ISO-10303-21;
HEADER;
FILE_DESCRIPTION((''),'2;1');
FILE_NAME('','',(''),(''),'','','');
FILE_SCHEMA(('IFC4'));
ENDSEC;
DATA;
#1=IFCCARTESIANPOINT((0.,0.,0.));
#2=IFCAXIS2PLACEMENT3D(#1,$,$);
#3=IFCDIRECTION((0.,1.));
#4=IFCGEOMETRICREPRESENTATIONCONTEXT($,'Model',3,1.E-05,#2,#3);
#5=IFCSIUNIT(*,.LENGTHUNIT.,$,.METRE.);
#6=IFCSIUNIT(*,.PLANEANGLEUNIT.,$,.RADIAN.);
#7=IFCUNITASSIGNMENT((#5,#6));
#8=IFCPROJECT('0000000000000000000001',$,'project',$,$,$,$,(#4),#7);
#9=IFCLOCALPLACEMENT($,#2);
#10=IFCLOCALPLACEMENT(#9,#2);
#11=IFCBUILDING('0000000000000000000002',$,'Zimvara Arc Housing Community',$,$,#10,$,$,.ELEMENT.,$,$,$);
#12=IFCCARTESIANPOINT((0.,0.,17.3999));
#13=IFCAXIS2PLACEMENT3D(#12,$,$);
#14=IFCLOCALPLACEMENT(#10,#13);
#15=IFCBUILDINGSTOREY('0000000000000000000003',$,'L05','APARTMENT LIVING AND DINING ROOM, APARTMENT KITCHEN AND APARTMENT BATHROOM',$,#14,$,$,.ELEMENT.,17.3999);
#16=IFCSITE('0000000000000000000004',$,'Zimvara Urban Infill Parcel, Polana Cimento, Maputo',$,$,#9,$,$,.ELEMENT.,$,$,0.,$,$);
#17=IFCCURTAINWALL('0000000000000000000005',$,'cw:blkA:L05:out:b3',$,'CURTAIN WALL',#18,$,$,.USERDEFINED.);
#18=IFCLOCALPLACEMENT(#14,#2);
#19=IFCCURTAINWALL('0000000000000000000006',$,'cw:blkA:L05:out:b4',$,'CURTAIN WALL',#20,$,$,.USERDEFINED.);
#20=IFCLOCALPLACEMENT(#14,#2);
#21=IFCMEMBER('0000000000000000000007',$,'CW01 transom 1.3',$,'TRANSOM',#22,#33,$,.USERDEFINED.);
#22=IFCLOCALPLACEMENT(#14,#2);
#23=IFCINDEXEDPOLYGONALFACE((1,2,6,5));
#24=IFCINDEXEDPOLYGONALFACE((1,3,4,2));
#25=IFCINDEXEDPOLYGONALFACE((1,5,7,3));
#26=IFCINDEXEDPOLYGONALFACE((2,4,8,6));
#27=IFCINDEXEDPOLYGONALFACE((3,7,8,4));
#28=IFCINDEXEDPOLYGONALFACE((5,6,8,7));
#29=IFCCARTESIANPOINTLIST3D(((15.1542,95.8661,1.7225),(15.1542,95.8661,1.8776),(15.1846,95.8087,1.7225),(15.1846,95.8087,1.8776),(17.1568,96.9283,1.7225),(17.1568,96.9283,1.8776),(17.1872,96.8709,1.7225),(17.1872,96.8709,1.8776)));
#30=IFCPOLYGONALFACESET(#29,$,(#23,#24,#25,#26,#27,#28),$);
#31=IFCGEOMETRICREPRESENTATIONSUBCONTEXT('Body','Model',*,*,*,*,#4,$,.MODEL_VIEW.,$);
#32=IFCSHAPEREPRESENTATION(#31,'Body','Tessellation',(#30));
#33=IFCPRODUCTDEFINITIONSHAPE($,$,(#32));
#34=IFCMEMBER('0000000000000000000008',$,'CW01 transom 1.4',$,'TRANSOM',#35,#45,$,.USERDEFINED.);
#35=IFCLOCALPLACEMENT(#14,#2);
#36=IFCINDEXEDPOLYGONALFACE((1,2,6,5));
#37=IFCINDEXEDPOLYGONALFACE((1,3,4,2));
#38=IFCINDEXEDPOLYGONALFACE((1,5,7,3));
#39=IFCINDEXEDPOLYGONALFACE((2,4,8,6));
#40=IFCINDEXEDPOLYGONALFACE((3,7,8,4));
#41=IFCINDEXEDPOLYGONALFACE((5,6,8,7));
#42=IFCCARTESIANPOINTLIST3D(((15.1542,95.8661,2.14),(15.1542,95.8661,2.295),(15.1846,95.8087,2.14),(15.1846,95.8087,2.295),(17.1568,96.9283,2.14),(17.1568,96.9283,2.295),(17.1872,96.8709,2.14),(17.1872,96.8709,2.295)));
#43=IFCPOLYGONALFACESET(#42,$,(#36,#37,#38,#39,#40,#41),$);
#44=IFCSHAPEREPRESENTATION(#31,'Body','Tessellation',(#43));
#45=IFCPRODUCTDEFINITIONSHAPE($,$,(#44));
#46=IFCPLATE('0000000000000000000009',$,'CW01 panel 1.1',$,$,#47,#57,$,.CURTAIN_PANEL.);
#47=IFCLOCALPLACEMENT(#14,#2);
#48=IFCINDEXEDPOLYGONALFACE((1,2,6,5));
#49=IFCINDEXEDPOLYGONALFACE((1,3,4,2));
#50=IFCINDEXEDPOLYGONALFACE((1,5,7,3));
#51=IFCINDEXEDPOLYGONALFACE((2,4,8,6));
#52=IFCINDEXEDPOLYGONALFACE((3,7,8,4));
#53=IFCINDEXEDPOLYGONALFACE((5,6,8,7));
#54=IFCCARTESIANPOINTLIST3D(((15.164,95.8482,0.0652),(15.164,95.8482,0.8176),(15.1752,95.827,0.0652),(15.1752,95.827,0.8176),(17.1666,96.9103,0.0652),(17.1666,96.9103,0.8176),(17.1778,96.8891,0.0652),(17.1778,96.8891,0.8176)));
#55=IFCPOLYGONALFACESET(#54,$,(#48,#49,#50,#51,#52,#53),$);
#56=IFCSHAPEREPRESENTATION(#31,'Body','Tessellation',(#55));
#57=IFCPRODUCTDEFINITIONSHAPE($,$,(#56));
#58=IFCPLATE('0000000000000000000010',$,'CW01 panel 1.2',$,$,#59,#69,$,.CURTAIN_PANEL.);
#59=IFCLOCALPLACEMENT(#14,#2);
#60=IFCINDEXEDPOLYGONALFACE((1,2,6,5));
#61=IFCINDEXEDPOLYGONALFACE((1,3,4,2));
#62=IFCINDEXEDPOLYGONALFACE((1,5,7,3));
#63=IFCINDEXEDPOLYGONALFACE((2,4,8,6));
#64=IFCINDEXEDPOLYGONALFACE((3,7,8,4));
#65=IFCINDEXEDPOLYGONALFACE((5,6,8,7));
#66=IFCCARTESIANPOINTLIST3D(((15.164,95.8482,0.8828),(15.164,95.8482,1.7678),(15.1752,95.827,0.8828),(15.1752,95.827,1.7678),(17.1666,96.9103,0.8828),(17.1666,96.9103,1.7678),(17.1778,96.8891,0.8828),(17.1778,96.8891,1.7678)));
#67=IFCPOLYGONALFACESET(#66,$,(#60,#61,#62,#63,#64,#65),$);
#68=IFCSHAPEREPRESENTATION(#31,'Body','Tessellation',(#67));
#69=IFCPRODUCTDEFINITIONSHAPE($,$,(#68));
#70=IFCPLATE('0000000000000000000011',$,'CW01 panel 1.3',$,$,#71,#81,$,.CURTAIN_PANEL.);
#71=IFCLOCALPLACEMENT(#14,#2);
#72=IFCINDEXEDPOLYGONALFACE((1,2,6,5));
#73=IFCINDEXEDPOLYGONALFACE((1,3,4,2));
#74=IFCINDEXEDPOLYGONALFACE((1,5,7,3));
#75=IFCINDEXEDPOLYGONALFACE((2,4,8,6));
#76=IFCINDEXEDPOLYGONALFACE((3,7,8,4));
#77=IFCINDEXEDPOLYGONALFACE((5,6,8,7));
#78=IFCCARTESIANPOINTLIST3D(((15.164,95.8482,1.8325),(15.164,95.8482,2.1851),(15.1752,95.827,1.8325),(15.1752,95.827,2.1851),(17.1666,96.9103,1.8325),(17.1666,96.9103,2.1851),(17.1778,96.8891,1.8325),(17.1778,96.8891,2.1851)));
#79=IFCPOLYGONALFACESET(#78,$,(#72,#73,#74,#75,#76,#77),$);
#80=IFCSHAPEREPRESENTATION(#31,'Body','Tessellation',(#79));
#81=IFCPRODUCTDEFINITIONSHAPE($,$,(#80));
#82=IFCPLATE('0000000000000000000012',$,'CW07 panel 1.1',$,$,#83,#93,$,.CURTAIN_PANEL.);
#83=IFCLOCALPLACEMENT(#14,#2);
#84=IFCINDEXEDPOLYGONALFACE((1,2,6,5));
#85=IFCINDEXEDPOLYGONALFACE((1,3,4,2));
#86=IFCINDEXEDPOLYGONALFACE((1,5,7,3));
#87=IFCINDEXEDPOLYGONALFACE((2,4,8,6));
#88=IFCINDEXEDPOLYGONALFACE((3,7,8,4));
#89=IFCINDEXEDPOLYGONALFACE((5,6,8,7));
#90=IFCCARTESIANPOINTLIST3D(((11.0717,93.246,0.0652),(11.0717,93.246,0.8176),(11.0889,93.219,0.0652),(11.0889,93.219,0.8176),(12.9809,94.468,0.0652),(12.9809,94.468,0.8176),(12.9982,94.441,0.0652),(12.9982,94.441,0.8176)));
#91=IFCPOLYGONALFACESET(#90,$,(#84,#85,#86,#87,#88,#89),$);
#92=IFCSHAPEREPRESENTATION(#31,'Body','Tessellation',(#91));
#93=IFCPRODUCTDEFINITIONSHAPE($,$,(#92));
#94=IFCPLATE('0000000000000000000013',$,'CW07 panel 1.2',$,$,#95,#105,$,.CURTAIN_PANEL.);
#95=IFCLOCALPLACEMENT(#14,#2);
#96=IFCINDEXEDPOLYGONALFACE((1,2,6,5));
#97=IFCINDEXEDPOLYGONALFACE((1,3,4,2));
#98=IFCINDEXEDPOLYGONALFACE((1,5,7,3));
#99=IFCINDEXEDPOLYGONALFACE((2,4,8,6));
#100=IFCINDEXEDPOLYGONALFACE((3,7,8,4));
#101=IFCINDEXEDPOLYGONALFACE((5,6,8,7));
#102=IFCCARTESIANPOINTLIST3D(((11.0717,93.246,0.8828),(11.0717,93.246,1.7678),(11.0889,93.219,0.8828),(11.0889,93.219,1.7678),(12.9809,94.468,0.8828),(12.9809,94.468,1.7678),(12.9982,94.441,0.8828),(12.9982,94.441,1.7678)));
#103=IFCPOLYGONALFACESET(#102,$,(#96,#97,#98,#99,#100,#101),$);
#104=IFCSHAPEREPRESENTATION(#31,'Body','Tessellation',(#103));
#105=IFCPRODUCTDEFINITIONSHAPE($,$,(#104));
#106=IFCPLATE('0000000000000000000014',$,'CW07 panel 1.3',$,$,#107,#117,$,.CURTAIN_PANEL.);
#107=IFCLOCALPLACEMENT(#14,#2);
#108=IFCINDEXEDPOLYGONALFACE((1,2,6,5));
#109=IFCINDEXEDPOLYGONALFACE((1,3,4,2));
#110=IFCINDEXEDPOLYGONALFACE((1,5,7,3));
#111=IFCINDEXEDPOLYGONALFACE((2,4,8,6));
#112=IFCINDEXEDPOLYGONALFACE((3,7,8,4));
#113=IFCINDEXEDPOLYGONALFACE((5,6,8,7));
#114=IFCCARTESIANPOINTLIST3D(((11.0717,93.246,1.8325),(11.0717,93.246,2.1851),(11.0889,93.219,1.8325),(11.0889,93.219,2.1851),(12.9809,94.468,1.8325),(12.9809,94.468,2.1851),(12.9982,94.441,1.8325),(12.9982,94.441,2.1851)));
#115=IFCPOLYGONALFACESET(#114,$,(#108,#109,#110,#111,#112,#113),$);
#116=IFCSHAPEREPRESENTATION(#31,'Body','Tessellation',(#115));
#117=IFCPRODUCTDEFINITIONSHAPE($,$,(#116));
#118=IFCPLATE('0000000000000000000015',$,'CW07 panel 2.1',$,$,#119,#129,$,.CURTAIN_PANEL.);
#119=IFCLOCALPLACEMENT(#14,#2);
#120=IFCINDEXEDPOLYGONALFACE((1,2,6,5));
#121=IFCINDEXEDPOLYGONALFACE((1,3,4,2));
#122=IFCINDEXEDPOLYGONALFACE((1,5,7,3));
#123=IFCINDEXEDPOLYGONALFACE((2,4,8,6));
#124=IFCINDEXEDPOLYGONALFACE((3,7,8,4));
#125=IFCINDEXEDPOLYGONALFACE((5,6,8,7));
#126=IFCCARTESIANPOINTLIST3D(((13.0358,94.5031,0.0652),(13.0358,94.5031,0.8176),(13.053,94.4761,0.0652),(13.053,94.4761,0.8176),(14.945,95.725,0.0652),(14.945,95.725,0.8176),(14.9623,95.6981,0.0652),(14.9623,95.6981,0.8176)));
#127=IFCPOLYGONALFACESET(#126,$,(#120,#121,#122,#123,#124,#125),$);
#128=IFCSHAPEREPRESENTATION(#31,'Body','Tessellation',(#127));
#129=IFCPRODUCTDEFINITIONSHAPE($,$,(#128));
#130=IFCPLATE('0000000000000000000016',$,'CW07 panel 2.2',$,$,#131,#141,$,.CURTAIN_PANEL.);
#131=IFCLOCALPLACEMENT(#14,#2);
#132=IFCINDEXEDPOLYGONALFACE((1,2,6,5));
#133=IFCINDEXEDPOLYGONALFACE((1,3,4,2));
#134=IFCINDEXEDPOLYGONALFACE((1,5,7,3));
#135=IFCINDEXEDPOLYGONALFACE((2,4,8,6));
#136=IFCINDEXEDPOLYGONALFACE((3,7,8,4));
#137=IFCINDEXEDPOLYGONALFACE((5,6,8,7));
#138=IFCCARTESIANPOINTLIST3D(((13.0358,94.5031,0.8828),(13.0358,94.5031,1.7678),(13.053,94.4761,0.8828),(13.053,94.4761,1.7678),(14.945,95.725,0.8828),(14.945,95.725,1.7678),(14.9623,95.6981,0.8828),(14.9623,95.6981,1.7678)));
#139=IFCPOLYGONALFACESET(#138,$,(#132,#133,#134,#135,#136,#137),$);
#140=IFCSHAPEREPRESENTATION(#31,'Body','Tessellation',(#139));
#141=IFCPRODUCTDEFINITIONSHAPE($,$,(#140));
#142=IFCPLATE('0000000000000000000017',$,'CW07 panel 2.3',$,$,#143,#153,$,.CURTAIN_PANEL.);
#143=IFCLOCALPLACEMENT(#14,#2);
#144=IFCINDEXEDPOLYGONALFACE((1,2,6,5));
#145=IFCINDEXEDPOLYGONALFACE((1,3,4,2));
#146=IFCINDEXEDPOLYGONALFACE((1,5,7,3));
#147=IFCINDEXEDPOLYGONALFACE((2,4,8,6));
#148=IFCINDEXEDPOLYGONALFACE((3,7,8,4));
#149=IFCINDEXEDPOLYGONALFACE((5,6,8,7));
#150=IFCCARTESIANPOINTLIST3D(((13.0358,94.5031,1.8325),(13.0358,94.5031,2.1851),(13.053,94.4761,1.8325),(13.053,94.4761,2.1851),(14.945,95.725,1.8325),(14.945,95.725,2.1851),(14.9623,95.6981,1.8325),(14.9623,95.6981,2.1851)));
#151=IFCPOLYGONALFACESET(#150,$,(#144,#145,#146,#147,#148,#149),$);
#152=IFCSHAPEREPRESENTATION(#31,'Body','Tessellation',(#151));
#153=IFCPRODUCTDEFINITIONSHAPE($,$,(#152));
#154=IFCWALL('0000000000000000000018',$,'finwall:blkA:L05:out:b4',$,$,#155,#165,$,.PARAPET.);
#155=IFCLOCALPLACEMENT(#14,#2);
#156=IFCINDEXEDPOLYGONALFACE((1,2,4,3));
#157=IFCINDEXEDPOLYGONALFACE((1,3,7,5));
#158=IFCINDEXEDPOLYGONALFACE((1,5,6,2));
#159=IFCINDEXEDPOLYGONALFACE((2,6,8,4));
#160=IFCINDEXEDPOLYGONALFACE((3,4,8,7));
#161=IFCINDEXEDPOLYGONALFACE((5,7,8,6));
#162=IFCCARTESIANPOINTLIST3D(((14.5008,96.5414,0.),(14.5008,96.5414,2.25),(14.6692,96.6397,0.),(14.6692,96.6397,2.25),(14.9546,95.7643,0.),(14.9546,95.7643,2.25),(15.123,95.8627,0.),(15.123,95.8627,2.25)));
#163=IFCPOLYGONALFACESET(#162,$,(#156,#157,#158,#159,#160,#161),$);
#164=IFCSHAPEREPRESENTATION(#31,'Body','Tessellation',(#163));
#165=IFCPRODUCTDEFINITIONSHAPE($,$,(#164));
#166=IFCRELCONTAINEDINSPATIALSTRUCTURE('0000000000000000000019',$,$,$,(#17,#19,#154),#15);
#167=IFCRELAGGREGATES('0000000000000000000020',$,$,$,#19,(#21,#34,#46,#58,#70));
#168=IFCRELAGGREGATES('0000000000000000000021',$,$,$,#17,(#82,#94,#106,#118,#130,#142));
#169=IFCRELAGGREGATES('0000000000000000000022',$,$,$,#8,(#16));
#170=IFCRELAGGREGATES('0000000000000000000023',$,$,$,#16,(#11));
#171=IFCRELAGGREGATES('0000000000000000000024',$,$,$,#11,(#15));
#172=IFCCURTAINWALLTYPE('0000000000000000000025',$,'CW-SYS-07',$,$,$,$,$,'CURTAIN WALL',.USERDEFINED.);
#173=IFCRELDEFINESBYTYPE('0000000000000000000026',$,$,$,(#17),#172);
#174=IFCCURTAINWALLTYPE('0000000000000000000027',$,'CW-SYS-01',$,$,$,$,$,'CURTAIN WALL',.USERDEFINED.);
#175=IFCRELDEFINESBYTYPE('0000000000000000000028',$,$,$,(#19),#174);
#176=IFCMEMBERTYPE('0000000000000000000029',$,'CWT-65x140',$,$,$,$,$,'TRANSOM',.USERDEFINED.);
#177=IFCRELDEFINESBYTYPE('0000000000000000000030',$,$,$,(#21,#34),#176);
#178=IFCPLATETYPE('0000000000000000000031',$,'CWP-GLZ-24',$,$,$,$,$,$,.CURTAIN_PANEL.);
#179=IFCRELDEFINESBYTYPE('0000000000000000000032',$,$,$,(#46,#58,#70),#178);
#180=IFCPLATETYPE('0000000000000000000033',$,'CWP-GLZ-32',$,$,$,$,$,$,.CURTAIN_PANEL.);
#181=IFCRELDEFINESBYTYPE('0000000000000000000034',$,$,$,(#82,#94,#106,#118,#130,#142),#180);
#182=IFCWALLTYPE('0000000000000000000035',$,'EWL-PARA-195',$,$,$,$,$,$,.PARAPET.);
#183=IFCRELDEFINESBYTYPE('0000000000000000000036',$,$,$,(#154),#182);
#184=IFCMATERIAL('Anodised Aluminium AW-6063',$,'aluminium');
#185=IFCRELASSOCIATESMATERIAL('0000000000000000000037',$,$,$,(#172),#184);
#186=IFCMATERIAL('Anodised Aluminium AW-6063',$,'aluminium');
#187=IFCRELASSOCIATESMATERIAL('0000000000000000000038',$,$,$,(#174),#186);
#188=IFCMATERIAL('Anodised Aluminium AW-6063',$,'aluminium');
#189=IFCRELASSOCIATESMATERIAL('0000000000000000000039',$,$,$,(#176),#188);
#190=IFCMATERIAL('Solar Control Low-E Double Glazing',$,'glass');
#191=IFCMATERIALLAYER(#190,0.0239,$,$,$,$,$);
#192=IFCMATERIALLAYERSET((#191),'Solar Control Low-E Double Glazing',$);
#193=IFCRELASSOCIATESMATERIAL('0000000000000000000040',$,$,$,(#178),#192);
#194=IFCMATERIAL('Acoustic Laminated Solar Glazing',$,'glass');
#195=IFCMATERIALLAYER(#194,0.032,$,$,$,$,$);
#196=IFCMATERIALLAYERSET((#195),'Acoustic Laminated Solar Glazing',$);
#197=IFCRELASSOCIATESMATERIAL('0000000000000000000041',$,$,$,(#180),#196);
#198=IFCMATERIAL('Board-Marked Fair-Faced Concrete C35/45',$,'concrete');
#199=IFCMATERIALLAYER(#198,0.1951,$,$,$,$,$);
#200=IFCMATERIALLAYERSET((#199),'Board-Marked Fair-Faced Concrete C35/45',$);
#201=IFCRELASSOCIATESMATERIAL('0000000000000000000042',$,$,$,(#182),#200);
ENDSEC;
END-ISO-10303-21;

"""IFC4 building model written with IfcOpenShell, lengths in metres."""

from ifc_helpers import new_model, si_unit, direction, frame, frame_2d, origin, origin_2d, place, context, subcontext, project, spatial, rectangle, extrude, material, layer, layer_set, material_profile, profile_set, type_object, element, aggregate, save


model = new_model("IFC4")

# Units and contexts
model_context = context("Model", 3, precision=1e-05, world=origin(), true_north=direction((0.0, 1.0)))
body_context = subcontext(model_context, "Body", "Model", "MODEL_VIEW")
ifc_project = project(units=[si_unit("LENGTHUNIT", "METRE"), si_unit("PLANEANGLEUNIT", "RADIAN")], contexts=[model_context])

# Site, building, storey
site_placement = place(None, origin())
site = spatial("IfcSite", under=ifc_project, at=site_placement, Name="Zimvara Urban Infill Parcel, Polana Cimento, Maputo", CompositionType="ELEMENT", RefElevation=0.0)
building_placement = place(site_placement, origin())
building = spatial("IfcBuilding", under=site, at=building_placement, Name="Zimvara Arc Housing Community", CompositionType="ELEMENT")
storey_placement = place(building_placement, frame((0.0, 0.0, 17.3999)))
storey = spatial("IfcBuildingStorey", under=building, at=storey_placement, Name="L05", Description="APARTMENT LIVING AND DINING ROOM, APARTMENT KITCHEN AND APARTMENT BATHROOM", CompositionType="ELEMENT", Elevation=17.3999)

# Curtain walls
ifc_material_1 = material(Name="Anodised Aluminium AW-6063", Category="aluminium")
curtain_wall_type_1 = type_object("IfcCurtainWallType", Name="CW-SYS-07", ElementType="CURTAIN WALL", PredefinedType="USERDEFINED", material=ifc_material_1)
curtain_wall_1_placement = place(storey_placement, origin())
curtain_wall_1 = element("IfcCurtainWall", 1, at=curtain_wall_1_placement, inside=storey, type_object=curtain_wall_type_1, Name="cw:blkA:L05:out:b3", ObjectType="CURTAIN WALL", PredefinedType="USERDEFINED")
ifc_material_2 = material(Name="Anodised Aluminium AW-6063", Category="aluminium")
curtain_wall_type_2 = type_object("IfcCurtainWallType", Name="CW-SYS-01", ElementType="CURTAIN WALL", PredefinedType="USERDEFINED", material=ifc_material_2)
curtain_wall_2_placement = place(storey_placement, origin())
curtain_wall_2 = element("IfcCurtainWall", 2, at=curtain_wall_2_placement, inside=storey, type_object=curtain_wall_type_2, Name="cw:blkA:L05:out:b4", ObjectType="CURTAIN WALL", PredefinedType="USERDEFINED")

# Members
ifc_material_3 = material(Name="Anodised Aluminium AW-6063", Category="aluminium")
ifc_material_profile_1 = material_profile(ifc_material_3, rectangle(XDim=0.0649, YDim=0.155, at=origin_2d()), Name="ALU 65x155")
ifc_profile_set_1 = profile_set([ifc_material_profile_1], Name="Anodised Aluminium AW-6063")
member_type_1 = type_object("IfcMemberType", Name="CWT-65x140", ElementType="TRANSOM", PredefinedType="USERDEFINED", material=ifc_profile_set_1)
member_1_placement = place(storey_placement, frame((15.1694, 95.8374, 1.8), z_axis=(0.883421, 0.46858, 0.0), x_axis=(-0.46858, 0.883421, 0.0)))
member_1 = element("IfcMember", 3, at=member_1_placement, type_object=member_type_1, Name="CW01 transom 1.3", ObjectType="TRANSOM", PredefinedType="USERDEFINED", context=body_context, shape_type="SweptSolid", body=[
    extrude(rectangle(XDim=0.0649, YDim=0.155, at=origin_2d()), origin(), (0.0, 0.0, 1.0), 2.2668),
])
member_2_placement = place(storey_placement, frame((15.1694, 95.8374, 2.2175), z_axis=(0.883421, 0.46858, 0.0), x_axis=(-0.46858, 0.883421, 0.0)))
member_2 = element("IfcMember", 4, at=member_2_placement, type_object=member_type_1, Name="CW01 transom 1.4", ObjectType="TRANSOM", PredefinedType="USERDEFINED", context=body_context, shape_type="SweptSolid", body=[
    extrude(rectangle(XDim=0.0649, YDim=0.155, at=origin_2d()), origin(), (0.0, 0.0, 1.0), 2.2668),
])

# Plates
ifc_material_4 = material(Name="Solar Control Low-E Double Glazing", Category="glass")
ifc_layer_1 = layer(ifc_material_4, 0.0239)
ifc_layer_set_1 = layer_set([ifc_layer_1], Name="Solar Control Low-E Double Glazing")
plate_type_1 = type_object("IfcPlateType", Name="CWP-GLZ-24", PredefinedType="CURTAIN_PANEL", material=ifc_layer_set_1)
plate_1_placement = place(storey_placement, frame((16.1709, 96.3687, 0.0652), z_axis=(0.0, 0.0, 1.0), x_axis=(0.883439, 0.468547, 0.0)))
plate_1 = element("IfcPlate", 5, at=plate_1_placement, type_object=plate_type_1, Name="CW01 panel 1.1", PredefinedType="CURTAIN_PANEL", context=body_context, shape_type="SweptSolid", body=[
    extrude(rectangle(XDim=2.2668, YDim=0.0239, at=origin_2d()), origin(), (0.0, 0.0, 1.0), 0.7524),
])
plate_2_placement = place(storey_placement, frame((16.1709, 96.3687, 0.8828), z_axis=(0.0, 0.0, 1.0), x_axis=(0.883439, 0.468547, 0.0)))
plate_2 = element("IfcPlate", 6, at=plate_2_placement, type_object=plate_type_1, Name="CW01 panel 1.2", PredefinedType="CURTAIN_PANEL", context=body_context, shape_type="SweptSolid", body=[
    extrude(rectangle(XDim=2.2668, YDim=0.0239, at=origin_2d()), origin(), (0.0, 0.0, 1.0), 0.885),
])
plate_3_placement = place(storey_placement, frame((16.1709, 96.3687, 1.8325), z_axis=(0.0, 0.0, 1.0), x_axis=(0.883439, 0.468547, 0.0)))
plate_3 = element("IfcPlate", 7, at=plate_3_placement, type_object=plate_type_1, Name="CW01 panel 1.3", PredefinedType="CURTAIN_PANEL", context=body_context, shape_type="SweptSolid", body=[
    extrude(rectangle(XDim=2.2668, YDim=0.0239, at=origin_2d()), origin(), (0.0, 0.0, 1.0), 0.3525),
])
aggregate(curtain_wall_2, [member_1, member_2, plate_1, plate_2, plate_3])
ifc_material_5 = material(Name="Acoustic Laminated Solar Glazing", Category="glass")
ifc_layer_2 = layer(ifc_material_5, 0.032)
ifc_layer_set_2 = layer_set([ifc_layer_2], Name="Acoustic Laminated Solar Glazing")
plate_type_2 = type_object("IfcPlateType", Name="CWP-GLZ-32", PredefinedType="CURTAIN_PANEL", material=ifc_layer_set_2)
plate_4_placement = place(storey_placement, frame((12.0349, 93.8435, 0.0652), z_axis=(0.0, 0.0, 1.0), x_axis=(0.842264, 0.539065, 0.0)))
plate_4 = element("IfcPlate", 8, at=plate_4_placement, type_object=plate_type_2, Name="CW07 panel 1.1", PredefinedType="CURTAIN_PANEL", context=body_context, shape_type="SweptSolid", body=[
    extrude(rectangle(XDim=2.2668, YDim=0.032, at=origin_2d()), origin(), (0.0, 0.0, 1.0), 0.7524),
])
plate_5_placement = place(storey_placement, frame((12.0349, 93.8435, 0.8828), z_axis=(0.0, 0.0, 1.0), x_axis=(0.842264, 0.539065, 0.0)))
plate_5 = element("IfcPlate", 9, at=plate_5_placement, type_object=plate_type_2, Name="CW07 panel 1.2", PredefinedType="CURTAIN_PANEL", context=body_context, shape_type="SweptSolid", body=[
    extrude(rectangle(XDim=2.2668, YDim=0.032, at=origin_2d()), origin(), (0.0, 0.0, 1.0), 0.885),
])
plate_6_placement = place(storey_placement, frame((12.0349, 93.8435, 1.8325), z_axis=(0.0, 0.0, 1.0), x_axis=(0.842264, 0.539065, 0.0)))
plate_6 = element("IfcPlate", 10, at=plate_6_placement, type_object=plate_type_2, Name="CW07 panel 1.3", PredefinedType="CURTAIN_PANEL", context=body_context, shape_type="SweptSolid", body=[
    extrude(rectangle(XDim=2.2668, YDim=0.032, at=origin_2d()), origin(), (0.0, 0.0, 1.0), 0.3525),
])
plate_7_placement = place(storey_placement, frame((13.999, 95.1006, 0.0652), z_axis=(0.0, 0.0, 1.0), x_axis=(0.842264, 0.539065, 0.0)))
plate_7 = element("IfcPlate", 11, at=plate_7_placement, type_object=plate_type_2, Name="CW07 panel 2.1", PredefinedType="CURTAIN_PANEL", context=body_context, shape_type="SweptSolid", body=[
    extrude(rectangle(XDim=2.2668, YDim=0.032, at=origin_2d()), origin(), (0.0, 0.0, 1.0), 0.7524),
])
plate_8_placement = place(storey_placement, frame((13.999, 95.1006, 0.8828), z_axis=(0.0, 0.0, 1.0), x_axis=(0.842264, 0.539065, 0.0)))
plate_8 = element("IfcPlate", 12, at=plate_8_placement, type_object=plate_type_2, Name="CW07 panel 2.2", PredefinedType="CURTAIN_PANEL", context=body_context, shape_type="SweptSolid", body=[
    extrude(rectangle(XDim=2.2668, YDim=0.032, at=origin_2d()), origin(), (0.0, 0.0, 1.0), 0.885),
])
plate_9_placement = place(storey_placement, frame((13.999, 95.1006, 1.8325), z_axis=(0.0, 0.0, 1.0), x_axis=(0.842264, 0.539065, 0.0)))
plate_9 = element("IfcPlate", 13, at=plate_9_placement, type_object=plate_type_2, Name="CW07 panel 2.3", PredefinedType="CURTAIN_PANEL", context=body_context, shape_type="SweptSolid", body=[
    extrude(rectangle(XDim=2.2668, YDim=0.032, at=origin_2d()), origin(), (0.0, 0.0, 1.0), 0.3525),
])
aggregate(curtain_wall_1, [plate_4, plate_5, plate_6, plate_7, plate_8, plate_9])

# Wall
ifc_material_6 = material(Name="Board-Marked Fair-Faced Concrete C35/45", Category="concrete")
ifc_layer_3 = layer(ifc_material_6, 0.1951)
ifc_layer_set_3 = layer_set([ifc_layer_3], Name="Board-Marked Fair-Faced Concrete C35/45")
wall_type_1 = type_object("IfcWallType", Name="EWL-PARA-195", PredefinedType="PARAPET", material=ifc_layer_set_3)
wall_1_placement = place(storey_placement, frame((15.0388, 95.8135, 0.0), z_axis=(0.0, 0.0, 1.0), x_axis=(-0.504326, 0.863513, 0.0)))
element("IfcWall", 14, at=wall_1_placement, inside=storey, type_object=wall_type_1, Name="finwall:blkA:L05:out:b4", PredefinedType="PARAPET", context=body_context, shape_type="SweptSolid", body=[
    extrude(rectangle(XDim=0.8999, YDim=0.1951, at=frame_2d((0.45, 0.0))), origin(), (0.0, 0.0, 1.0), 2.25),
])

save(model, "model.ifc")
